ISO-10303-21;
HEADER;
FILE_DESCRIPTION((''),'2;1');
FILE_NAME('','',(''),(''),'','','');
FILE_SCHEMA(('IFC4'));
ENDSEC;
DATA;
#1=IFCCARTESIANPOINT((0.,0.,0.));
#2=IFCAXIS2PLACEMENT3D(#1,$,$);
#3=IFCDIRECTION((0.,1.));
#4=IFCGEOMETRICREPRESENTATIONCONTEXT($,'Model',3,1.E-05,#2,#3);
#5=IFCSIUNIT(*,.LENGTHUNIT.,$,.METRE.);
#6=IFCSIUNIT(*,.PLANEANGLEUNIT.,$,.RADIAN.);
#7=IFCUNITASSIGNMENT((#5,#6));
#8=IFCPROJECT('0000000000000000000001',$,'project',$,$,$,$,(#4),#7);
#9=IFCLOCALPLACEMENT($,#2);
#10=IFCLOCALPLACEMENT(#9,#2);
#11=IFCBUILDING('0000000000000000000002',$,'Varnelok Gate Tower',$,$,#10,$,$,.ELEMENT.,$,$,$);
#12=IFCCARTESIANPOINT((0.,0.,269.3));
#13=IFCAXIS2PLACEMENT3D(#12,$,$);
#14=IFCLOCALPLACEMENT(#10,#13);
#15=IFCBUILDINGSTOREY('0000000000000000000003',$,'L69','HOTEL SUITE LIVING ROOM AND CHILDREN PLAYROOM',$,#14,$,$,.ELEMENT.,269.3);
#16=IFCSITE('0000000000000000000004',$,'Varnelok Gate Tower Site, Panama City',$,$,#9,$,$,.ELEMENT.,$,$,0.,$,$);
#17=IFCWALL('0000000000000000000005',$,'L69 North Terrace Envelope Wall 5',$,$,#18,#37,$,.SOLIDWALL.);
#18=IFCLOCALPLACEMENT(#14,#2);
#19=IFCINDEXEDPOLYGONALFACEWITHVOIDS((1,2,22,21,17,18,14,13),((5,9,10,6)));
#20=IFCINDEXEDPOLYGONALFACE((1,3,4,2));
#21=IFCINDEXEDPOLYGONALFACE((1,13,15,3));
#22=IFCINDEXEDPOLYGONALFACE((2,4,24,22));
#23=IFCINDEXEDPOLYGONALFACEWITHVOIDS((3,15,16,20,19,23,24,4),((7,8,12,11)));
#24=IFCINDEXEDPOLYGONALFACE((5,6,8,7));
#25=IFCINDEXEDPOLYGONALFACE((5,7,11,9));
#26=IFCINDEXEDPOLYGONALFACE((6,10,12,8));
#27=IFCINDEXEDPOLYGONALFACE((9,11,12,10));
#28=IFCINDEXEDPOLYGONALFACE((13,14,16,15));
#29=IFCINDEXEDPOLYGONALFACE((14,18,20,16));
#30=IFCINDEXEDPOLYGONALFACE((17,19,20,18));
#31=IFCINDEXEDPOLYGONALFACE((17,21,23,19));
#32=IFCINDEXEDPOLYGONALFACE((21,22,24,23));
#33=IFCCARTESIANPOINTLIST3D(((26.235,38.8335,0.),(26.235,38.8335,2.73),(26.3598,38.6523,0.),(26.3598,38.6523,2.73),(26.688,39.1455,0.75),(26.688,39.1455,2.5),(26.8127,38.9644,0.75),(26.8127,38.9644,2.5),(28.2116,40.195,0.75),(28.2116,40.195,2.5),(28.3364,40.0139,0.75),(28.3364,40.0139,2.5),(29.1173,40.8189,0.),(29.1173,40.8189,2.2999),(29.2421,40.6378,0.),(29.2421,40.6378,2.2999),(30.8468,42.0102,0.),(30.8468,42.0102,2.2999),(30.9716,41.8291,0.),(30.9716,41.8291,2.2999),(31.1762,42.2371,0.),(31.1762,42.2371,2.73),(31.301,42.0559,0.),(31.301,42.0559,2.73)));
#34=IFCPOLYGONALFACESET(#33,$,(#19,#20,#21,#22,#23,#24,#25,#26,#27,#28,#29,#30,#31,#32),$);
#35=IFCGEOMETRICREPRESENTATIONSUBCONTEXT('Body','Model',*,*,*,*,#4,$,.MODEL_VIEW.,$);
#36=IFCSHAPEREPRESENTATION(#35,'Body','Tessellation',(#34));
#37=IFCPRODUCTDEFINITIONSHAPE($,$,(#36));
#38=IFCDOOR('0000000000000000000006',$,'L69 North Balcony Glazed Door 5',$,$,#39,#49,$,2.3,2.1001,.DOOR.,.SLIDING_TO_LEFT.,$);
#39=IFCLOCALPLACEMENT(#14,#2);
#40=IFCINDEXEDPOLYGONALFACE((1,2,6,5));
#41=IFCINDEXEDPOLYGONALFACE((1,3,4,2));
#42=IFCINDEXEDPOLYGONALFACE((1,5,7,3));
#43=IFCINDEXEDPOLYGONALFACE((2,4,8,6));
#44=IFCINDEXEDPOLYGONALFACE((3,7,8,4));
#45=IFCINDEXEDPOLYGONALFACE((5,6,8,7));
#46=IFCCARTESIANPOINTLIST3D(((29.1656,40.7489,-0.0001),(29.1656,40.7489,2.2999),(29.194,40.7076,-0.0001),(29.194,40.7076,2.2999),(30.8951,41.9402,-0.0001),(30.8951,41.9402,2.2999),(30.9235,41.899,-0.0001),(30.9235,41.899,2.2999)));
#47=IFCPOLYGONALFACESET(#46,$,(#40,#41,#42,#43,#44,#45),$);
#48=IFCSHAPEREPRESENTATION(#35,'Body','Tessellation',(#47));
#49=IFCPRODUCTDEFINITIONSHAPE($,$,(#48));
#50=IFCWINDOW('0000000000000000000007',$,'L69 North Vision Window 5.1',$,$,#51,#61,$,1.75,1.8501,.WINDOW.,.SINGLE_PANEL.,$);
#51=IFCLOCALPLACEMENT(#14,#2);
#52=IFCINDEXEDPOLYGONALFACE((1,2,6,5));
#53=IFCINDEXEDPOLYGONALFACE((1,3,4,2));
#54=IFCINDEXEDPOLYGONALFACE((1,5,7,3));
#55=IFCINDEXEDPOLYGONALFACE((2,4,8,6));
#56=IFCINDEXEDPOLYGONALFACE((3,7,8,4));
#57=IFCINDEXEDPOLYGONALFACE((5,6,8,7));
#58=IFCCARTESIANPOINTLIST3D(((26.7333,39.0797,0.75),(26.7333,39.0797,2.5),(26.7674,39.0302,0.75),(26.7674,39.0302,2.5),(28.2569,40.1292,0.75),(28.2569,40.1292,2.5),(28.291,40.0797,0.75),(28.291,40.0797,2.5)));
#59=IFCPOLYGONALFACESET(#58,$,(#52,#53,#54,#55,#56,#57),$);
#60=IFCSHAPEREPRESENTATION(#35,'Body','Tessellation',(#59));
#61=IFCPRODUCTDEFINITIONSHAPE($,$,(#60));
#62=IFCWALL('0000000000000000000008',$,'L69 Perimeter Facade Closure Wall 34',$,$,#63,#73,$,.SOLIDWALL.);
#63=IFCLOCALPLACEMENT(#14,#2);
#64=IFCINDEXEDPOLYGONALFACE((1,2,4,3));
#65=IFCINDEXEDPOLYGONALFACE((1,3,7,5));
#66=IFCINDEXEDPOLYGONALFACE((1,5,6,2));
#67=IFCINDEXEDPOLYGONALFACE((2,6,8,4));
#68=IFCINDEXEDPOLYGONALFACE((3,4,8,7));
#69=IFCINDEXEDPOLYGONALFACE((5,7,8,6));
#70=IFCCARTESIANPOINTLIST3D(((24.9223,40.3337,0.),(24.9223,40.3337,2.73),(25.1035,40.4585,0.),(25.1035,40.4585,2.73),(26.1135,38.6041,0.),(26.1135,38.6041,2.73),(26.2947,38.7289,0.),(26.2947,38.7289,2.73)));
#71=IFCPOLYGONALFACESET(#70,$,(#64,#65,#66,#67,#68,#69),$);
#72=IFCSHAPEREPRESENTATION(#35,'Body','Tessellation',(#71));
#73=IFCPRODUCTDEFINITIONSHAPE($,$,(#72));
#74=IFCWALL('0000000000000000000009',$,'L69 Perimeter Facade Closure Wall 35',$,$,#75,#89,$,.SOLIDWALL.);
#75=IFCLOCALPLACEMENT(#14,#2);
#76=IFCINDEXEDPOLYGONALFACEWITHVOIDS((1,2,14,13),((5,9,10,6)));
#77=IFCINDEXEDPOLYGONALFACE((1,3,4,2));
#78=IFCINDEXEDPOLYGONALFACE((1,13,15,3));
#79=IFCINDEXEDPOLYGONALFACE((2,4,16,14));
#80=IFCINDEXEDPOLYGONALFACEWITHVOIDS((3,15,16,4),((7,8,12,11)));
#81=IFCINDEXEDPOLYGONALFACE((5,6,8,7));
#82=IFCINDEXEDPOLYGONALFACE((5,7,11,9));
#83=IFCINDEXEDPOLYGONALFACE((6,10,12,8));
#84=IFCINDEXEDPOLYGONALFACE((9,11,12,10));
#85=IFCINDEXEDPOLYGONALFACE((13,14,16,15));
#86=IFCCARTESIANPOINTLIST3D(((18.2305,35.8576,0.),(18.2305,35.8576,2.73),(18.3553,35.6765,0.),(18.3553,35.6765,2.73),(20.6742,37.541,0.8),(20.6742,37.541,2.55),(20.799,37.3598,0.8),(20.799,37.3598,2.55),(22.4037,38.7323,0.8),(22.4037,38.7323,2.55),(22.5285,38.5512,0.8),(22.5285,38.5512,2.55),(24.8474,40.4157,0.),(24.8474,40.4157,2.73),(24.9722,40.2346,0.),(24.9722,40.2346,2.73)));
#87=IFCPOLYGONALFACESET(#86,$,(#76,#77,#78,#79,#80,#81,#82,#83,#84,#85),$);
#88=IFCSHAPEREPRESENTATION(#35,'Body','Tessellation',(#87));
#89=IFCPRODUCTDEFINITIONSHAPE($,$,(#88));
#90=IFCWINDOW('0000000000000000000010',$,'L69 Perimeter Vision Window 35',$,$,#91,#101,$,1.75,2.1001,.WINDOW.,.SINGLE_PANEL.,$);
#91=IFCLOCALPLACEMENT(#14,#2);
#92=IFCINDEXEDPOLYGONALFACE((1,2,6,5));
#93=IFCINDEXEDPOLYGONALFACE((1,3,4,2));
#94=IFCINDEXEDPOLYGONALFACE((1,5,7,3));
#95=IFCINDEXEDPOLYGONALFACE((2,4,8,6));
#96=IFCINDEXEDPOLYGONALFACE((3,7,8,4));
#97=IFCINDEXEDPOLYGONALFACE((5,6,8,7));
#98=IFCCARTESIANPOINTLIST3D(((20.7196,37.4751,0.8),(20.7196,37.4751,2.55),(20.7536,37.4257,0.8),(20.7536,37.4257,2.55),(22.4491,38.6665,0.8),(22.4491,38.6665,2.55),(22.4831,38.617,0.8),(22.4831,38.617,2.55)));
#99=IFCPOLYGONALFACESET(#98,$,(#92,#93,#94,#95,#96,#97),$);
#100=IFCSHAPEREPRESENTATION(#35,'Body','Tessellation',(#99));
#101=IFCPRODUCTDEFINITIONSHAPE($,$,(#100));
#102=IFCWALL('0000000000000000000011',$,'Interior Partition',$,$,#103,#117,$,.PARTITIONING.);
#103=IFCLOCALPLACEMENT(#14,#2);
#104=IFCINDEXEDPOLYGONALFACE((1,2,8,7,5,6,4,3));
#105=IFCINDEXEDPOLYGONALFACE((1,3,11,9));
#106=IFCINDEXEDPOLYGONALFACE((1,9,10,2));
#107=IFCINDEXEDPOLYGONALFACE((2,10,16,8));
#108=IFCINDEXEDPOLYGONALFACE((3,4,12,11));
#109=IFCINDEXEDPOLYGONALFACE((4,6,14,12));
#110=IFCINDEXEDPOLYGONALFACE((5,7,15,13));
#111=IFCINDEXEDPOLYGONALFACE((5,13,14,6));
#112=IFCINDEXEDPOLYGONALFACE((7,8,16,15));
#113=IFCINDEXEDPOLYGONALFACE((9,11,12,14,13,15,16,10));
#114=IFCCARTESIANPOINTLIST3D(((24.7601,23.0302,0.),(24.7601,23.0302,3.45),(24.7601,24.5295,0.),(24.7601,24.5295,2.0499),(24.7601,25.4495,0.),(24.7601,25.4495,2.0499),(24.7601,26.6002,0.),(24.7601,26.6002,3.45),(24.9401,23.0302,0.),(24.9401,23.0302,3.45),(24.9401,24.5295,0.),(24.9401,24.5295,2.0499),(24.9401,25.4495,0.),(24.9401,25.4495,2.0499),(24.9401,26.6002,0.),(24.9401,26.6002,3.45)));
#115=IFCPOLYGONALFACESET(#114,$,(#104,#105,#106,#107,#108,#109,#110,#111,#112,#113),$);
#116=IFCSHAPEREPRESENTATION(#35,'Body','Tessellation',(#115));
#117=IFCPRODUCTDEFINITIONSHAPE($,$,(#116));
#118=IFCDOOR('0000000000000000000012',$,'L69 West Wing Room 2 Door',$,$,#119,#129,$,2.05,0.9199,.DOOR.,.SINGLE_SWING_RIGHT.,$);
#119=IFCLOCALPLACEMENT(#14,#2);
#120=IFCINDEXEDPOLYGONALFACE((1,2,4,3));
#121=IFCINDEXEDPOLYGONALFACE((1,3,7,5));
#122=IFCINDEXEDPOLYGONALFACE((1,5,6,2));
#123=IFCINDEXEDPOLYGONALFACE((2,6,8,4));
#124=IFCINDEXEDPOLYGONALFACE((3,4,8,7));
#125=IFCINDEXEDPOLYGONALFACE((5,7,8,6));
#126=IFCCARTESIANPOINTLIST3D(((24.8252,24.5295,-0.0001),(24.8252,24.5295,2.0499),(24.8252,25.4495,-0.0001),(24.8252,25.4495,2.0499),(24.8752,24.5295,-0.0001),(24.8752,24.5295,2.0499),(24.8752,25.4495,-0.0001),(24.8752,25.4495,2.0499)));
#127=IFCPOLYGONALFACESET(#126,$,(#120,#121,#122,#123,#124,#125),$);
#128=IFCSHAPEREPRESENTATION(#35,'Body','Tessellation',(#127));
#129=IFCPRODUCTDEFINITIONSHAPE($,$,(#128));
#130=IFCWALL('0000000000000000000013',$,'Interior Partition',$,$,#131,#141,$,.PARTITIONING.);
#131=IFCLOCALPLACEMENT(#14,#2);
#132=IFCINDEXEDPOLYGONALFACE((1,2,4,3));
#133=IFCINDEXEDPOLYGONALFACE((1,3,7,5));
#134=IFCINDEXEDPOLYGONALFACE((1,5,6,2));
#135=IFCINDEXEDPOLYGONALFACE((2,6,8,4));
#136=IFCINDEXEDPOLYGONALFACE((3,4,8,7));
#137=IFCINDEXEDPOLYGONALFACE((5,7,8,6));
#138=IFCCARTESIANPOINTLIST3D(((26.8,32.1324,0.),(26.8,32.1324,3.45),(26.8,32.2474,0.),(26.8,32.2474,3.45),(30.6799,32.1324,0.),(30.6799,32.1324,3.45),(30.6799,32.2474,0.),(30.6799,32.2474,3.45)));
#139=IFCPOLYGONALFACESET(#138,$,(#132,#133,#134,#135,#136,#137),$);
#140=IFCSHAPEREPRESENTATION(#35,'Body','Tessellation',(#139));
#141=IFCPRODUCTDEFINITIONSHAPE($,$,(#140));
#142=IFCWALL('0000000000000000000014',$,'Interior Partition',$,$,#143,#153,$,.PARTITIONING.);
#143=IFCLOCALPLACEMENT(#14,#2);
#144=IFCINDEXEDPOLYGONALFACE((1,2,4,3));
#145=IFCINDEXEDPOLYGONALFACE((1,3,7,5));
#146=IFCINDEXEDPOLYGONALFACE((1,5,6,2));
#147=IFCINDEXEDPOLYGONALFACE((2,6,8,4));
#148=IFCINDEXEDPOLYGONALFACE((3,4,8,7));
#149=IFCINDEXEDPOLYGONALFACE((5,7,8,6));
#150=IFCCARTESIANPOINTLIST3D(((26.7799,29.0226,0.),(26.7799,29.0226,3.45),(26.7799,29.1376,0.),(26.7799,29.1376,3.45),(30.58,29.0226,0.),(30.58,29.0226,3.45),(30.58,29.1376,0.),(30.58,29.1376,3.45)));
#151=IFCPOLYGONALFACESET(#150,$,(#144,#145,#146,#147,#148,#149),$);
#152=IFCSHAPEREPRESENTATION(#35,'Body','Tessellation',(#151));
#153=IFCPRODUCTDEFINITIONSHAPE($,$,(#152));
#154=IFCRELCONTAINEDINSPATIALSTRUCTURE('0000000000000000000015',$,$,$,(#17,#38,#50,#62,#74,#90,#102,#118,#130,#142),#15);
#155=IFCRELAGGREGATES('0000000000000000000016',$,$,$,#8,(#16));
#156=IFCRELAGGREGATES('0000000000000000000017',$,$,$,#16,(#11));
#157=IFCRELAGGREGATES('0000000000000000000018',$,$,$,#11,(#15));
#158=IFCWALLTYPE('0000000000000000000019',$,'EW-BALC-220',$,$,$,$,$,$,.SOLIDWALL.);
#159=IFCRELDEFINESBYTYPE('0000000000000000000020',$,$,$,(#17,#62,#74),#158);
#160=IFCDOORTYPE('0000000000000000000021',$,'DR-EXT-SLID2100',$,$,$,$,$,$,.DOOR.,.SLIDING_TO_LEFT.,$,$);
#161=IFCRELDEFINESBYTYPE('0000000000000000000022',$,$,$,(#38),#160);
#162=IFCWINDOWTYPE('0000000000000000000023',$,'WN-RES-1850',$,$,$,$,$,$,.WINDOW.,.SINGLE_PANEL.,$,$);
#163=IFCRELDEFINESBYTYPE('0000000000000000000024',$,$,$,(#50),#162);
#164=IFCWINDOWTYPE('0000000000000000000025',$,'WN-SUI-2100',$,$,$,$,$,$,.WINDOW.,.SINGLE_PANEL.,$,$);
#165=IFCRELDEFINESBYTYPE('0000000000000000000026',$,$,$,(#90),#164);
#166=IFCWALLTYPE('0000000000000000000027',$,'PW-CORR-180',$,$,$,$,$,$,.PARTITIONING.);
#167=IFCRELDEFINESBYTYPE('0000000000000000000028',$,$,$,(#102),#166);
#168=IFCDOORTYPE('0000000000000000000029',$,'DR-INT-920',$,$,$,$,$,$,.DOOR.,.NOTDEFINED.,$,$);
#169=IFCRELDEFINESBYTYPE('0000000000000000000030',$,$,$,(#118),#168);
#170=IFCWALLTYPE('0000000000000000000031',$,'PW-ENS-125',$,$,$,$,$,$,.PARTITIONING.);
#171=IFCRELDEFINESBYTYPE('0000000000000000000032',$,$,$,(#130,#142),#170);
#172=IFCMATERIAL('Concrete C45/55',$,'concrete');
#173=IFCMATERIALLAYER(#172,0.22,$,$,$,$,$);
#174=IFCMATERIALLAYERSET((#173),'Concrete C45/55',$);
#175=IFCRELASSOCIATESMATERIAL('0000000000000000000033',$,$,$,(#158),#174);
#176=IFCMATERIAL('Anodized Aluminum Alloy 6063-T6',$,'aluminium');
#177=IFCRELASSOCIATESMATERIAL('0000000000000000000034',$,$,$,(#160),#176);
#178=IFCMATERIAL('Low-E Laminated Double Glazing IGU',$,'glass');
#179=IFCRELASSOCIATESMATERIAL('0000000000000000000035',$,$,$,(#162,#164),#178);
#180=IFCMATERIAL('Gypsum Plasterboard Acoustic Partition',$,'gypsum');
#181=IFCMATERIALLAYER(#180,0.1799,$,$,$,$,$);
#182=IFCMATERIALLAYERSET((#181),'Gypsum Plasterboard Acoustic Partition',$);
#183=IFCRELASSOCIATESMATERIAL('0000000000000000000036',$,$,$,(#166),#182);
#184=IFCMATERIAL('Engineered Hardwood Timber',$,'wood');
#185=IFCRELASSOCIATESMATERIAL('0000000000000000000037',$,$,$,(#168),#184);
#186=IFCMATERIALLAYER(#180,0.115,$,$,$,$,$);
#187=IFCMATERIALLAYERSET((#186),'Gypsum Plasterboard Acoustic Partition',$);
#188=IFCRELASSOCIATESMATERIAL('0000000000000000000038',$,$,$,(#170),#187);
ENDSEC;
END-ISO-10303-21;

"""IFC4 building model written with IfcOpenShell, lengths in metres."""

from ifc_helpers import new_model, si_unit, direction, frame, frame_2d, origin, place, context, subcontext, project, spatial, rectangle, extrude, material, layer, layer_set, type_object, element, fill, save


model = new_model("IFC4")

# Units and contexts
model_context = context("Model", 3, precision=1e-05, world=origin(), true_north=direction((0.0, 1.0)))
body_context = subcontext(model_context, "Body", "Model", "MODEL_VIEW")
ifc_project = project(units=[si_unit("LENGTHUNIT", "METRE"), si_unit("PLANEANGLEUNIT", "RADIAN")], contexts=[model_context])

# Site, building, storey
site_placement = place(None, origin())
site = spatial("IfcSite", under=ifc_project, at=site_placement, Name="Varnelok Gate Tower Site, Panama City", CompositionType="ELEMENT", RefElevation=0.0)
building_placement = place(site_placement, origin())
building = spatial("IfcBuilding", under=site, at=building_placement, Name="Varnelok Gate Tower", CompositionType="ELEMENT")
storey_placement = place(building_placement, frame((0.0, 0.0, 269.3)))
storey = spatial("IfcBuildingStorey", under=building, at=storey_placement, Name="L69", Description="HOTEL SUITE LIVING ROOM AND CHILDREN PLAYROOM", CompositionType="ELEMENT", Elevation=269.3)

# Wall, openings, door, window
ifc_material_1 = material(Name="Concrete C45/55", Category="concrete")
ifc_layer_1 = layer(ifc_material_1, 0.22)
ifc_layer_set_1 = layer_set([ifc_layer_1], Name="Concrete C45/55")
wall_type_1 = type_object("IfcWallType", Name="EW-BALC-220", PredefinedType="SOLIDWALL", material=ifc_layer_set_1)
wall_1_placement = place(storey_placement, frame((26.2974, 38.7429, 0.0), z_axis=(0.0, 0.0, 1.0), x_axis=(0.823535, 0.567266, 0.0)))
wall_1 = element("IfcWall", 1, at=wall_1_placement, inside=storey, type_object=wall_type_1, Name="L69 North Terrace Envelope Wall 5", PredefinedType="SOLIDWALL", context=body_context, shape_type="SweptSolid", body=[
    extrude(rectangle(XDim=6.0, YDim=0.22, at=frame_2d((3.0, 0.0))), origin(), (0.0, 0.0, 1.0), 2.73),
])
opening_1_placement = place(wall_1_placement, frame((3.5, 0.0, 0.0)))
opening_1 = element("IfcOpeningElement", 2, at=opening_1_placement, cuts=wall_1, PredefinedType="OPENING", context=body_context, shape_type="SweptSolid", body=[
    extrude(rectangle(XDim=2.1001, YDim=2.3, at=frame_2d((1.05, 1.1499))), frame((0.0, 0.1199, 0.0), z_axis=(0.0, -1.0, 0.0), x_axis=(1.0, 0.0, 0.0)), (0.0, 0.0, 1.0), 0.24),
])
opening_2_placement = place(wall_1_placement, frame((0.55, 0.0, 0.75)))
opening_2 = element("IfcOpeningElement", 3, at=opening_2_placement, cuts=wall_1, PredefinedType="OPENING", context=body_context, shape_type="SweptSolid", body=[
    extrude(rectangle(XDim=1.8501, YDim=1.75, at=frame_2d((0.925, 0.875))), frame((0.0, 0.1199, 0.0), z_axis=(0.0, -1.0, 0.0), x_axis=(1.0, 0.0, 0.0)), (0.0, 0.0, 1.0), 0.24),
])
ifc_material_2 = material(Name="Anodized Aluminum Alloy 6063-T6", Category="aluminium")
door_type_1 = type_object("IfcDoorType", Name="DR-EXT-SLID2100", OperationType="SLIDING_TO_LEFT", PredefinedType="DOOR", material=ifc_material_2)
door_1_placement = place(opening_1_placement, origin())
door_1 = element("IfcDoor", 4, at=door_1_placement, inside=storey, type_object=door_type_1, Name="L69 North Balcony Glazed Door 5", OperationType="SLIDING_TO_LEFT", OverallHeight=2.3, OverallWidth=2.1001, PredefinedType="DOOR", context=body_context, shape_type="SweptSolid", body=[
    extrude(rectangle(XDim=2.1001, YDim=2.3, at=frame_2d((1.05, 1.1499))), frame((0.0, 0.0249, 0.0), z_axis=(0.0, -1.0, 0.0), x_axis=(1.0, 0.0, 0.0)), (0.0, 0.0, 1.0), 0.05),
])
fill(opening_1, door_1)
ifc_material_3 = material(Name="Low-E Laminated Double Glazing IGU", Category="glass")
window_type_1 = type_object("IfcWindowType", Name="WN-RES-1850", PartitioningType="SINGLE_PANEL", PredefinedType="WINDOW", material=ifc_material_3)
window_1_placement = place(opening_2_placement, origin())
window_1 = element("IfcWindow", 5, at=window_1_placement, inside=storey, type_object=window_type_1, Name="L69 North Vision Window 5.1", OverallHeight=1.75, OverallWidth=1.8501, PartitioningType="SINGLE_PANEL", PredefinedType="WINDOW", context=body_context, shape_type="SweptSolid", body=[
    extrude(rectangle(XDim=1.8501, YDim=1.75, at=frame_2d((0.925, 0.875))), frame((0.0, 0.03, 0.0), z_axis=(0.0, -1.0, 0.0), x_axis=(1.0, 0.0, 0.0)), (0.0, 0.0, 1.0), 0.0601),
])
fill(opening_2, window_1)

# Wall
wall_2_placement = place(storey_placement, frame((26.2041, 38.6665, 0.0), z_axis=(0.0, 0.0, 1.0), x_axis=(-0.567219, 0.823567, 0.0)))
element("IfcWall", 6, at=wall_2_placement, inside=storey, type_object=wall_type_1, Name="L69 Perimeter Facade Closure Wall 34", PredefinedType="SOLIDWALL", context=body_context, shape_type="SweptSolid", body=[
    extrude(rectangle(XDim=2.1001, YDim=0.22, at=frame_2d((1.05, 0.0))), origin(), (0.0, 0.0, 1.0), 2.73),
])

# Wall, opening, window
wall_3_placement = place(storey_placement, frame((24.9099, 40.3252, 0.0), z_axis=(0.0, 0.0, 1.0), x_axis=(-0.823521, -0.567286, 0.0)))
wall_3 = element("IfcWall", 7, at=wall_3_placement, inside=storey, type_object=wall_type_1, Name="L69 Perimeter Facade Closure Wall 35", PredefinedType="SOLIDWALL", context=body_context, shape_type="SweptSolid", body=[
    extrude(rectangle(XDim=8.0349, YDim=0.22, at=frame_2d((4.0176, 0.0))), origin(), (0.0, 0.0, 1.0), 2.73),
])
opening_3_placement = place(wall_3_placement, frame((2.9675, 0.0, 0.8)))
opening_3 = element("IfcOpeningElement", 8, at=opening_3_placement, cuts=wall_3, PredefinedType="OPENING", context=body_context, shape_type="SweptSolid", body=[
    extrude(rectangle(XDim=2.1001, YDim=1.75, at=frame_2d((1.05, 0.875))), frame((0.0, 0.1199, 0.0), z_axis=(0.0, -1.0, 0.0), x_axis=(1.0, 0.0, 0.0)), (0.0, 0.0, 1.0), 0.24),
])
window_type_2 = type_object("IfcWindowType", Name="WN-SUI-2100", PartitioningType="SINGLE_PANEL", PredefinedType="WINDOW", material=ifc_material_3)
window_2_placement = place(opening_3_placement, origin())
window_2 = element("IfcWindow", 9, at=window_2_placement, inside=storey, type_object=window_type_2, Name="L69 Perimeter Vision Window 35", OverallHeight=1.75, OverallWidth=2.1001, PartitioningType="SINGLE_PANEL", PredefinedType="WINDOW", context=body_context, shape_type="SweptSolid", body=[
    extrude(rectangle(XDim=2.1001, YDim=1.75, at=frame_2d((1.05, 0.875))), frame((0.0, 0.03, 0.0), z_axis=(0.0, -1.0, 0.0), x_axis=(1.0, 0.0, 0.0)), (0.0, 0.0, 1.0), 0.0601),
])
fill(opening_3, window_2)

# Wall, opening, door
ifc_material_4 = material(Name="Gypsum Plasterboard Acoustic Partition", Category="gypsum")
ifc_layer_2 = layer(ifc_material_4, 0.1799)
ifc_layer_set_2 = layer_set([ifc_layer_2], Name="Gypsum Plasterboard Acoustic Partition")
wall_type_2 = type_object("IfcWallType", Name="PW-CORR-180", PredefinedType="PARTITIONING", material=ifc_layer_set_2)
wall_4_placement = place(storey_placement, frame((24.8501, 23.03, 0.0), z_axis=(0.0, 0.0, 1.0), x_axis=(0.0, 1.0, 0.0)))
wall_4 = element("IfcWall", 10, at=wall_4_placement, inside=storey, type_object=wall_type_2, Name="Interior Partition", PredefinedType="PARTITIONING", context=body_context, shape_type="SweptSolid", body=[
    extrude(rectangle(XDim=3.5701, YDim=0.1799, at=frame_2d((1.7852, 0.0))), origin(), (0.0, 0.0, 1.0), 3.45),
])
opening_4_placement = place(wall_4_placement, frame((1.4995, 0.0, 0.0)))
opening_4 = element("IfcOpeningElement", 11, at=opening_4_placement, cuts=wall_4, PredefinedType="OPENING", context=body_context, shape_type="SweptSolid", body=[
    extrude(rectangle(XDim=0.9199, YDim=2.05, at=frame_2d((0.46, 1.0249))), frame((0.0, 0.0999, 0.0), z_axis=(0.0, -1.0, 0.0), x_axis=(1.0, 0.0, 0.0)), (0.0, 0.0, 1.0), 0.2),
])
ifc_material_5 = material(Name="Engineered Hardwood Timber", Category="wood")
door_type_2 = type_object("IfcDoorType", Name="DR-INT-920", OperationType="NOTDEFINED", PredefinedType="DOOR", material=ifc_material_5)
door_2_placement = place(opening_4_placement, origin())
door_2 = element("IfcDoor", 12, at=door_2_placement, inside=storey, type_object=door_type_2, Name="L69 West Wing Room 2 Door", OperationType="SINGLE_SWING_RIGHT", OverallHeight=2.05, OverallWidth=0.9199, PredefinedType="DOOR", context=body_context, shape_type="SweptSolid", body=[
    extrude(rectangle(XDim=0.9199, YDim=2.05, at=frame_2d((0.46, 1.0249))), frame((0.0, 0.0249, 0.0), z_axis=(0.0, -1.0, 0.0), x_axis=(1.0, 0.0, 0.0)), (0.0, 0.0, 1.0), 0.05),
])
fill(opening_4, door_2)

# Walls
ifc_layer_3 = layer(ifc_material_4, 0.115)
ifc_layer_set_3 = layer_set([ifc_layer_3], Name="Gypsum Plasterboard Acoustic Partition")
wall_type_3 = type_object("IfcWallType", Name="PW-ENS-125", PredefinedType="PARTITIONING", material=ifc_layer_set_3)
wall_5_placement = place(storey_placement, frame((26.8, 32.1899, 0.0), z_axis=(0.0, 0.0, 1.0), x_axis=(1.0, 0.0, 0.0)))
element("IfcWall", 13, at=wall_5_placement, inside=storey, type_object=wall_type_3, Name="Interior Partition", PredefinedType="PARTITIONING", context=body_context, shape_type="SweptSolid", body=[
    extrude(rectangle(XDim=3.8799, YDim=0.115, at=frame_2d((1.9399, 0.0))), origin(), (0.0, 0.0, 1.0), 3.45),
])
wall_6_placement = place(storey_placement, frame((26.78, 29.0801, 0.0), z_axis=(0.0, 0.0, 1.0), x_axis=(1.0, 0.0, 0.0)))
element("IfcWall", 14, at=wall_6_placement, inside=storey, type_object=wall_type_3, Name="Interior Partition", PredefinedType="PARTITIONING", context=body_context, shape_type="SweptSolid", body=[
    extrude(rectangle(XDim=3.8, YDim=0.115, at=frame_2d((1.8999, 0.0))), origin(), (0.0, 0.0, 1.0), 3.45),
])

save(model, "model.ifc")
